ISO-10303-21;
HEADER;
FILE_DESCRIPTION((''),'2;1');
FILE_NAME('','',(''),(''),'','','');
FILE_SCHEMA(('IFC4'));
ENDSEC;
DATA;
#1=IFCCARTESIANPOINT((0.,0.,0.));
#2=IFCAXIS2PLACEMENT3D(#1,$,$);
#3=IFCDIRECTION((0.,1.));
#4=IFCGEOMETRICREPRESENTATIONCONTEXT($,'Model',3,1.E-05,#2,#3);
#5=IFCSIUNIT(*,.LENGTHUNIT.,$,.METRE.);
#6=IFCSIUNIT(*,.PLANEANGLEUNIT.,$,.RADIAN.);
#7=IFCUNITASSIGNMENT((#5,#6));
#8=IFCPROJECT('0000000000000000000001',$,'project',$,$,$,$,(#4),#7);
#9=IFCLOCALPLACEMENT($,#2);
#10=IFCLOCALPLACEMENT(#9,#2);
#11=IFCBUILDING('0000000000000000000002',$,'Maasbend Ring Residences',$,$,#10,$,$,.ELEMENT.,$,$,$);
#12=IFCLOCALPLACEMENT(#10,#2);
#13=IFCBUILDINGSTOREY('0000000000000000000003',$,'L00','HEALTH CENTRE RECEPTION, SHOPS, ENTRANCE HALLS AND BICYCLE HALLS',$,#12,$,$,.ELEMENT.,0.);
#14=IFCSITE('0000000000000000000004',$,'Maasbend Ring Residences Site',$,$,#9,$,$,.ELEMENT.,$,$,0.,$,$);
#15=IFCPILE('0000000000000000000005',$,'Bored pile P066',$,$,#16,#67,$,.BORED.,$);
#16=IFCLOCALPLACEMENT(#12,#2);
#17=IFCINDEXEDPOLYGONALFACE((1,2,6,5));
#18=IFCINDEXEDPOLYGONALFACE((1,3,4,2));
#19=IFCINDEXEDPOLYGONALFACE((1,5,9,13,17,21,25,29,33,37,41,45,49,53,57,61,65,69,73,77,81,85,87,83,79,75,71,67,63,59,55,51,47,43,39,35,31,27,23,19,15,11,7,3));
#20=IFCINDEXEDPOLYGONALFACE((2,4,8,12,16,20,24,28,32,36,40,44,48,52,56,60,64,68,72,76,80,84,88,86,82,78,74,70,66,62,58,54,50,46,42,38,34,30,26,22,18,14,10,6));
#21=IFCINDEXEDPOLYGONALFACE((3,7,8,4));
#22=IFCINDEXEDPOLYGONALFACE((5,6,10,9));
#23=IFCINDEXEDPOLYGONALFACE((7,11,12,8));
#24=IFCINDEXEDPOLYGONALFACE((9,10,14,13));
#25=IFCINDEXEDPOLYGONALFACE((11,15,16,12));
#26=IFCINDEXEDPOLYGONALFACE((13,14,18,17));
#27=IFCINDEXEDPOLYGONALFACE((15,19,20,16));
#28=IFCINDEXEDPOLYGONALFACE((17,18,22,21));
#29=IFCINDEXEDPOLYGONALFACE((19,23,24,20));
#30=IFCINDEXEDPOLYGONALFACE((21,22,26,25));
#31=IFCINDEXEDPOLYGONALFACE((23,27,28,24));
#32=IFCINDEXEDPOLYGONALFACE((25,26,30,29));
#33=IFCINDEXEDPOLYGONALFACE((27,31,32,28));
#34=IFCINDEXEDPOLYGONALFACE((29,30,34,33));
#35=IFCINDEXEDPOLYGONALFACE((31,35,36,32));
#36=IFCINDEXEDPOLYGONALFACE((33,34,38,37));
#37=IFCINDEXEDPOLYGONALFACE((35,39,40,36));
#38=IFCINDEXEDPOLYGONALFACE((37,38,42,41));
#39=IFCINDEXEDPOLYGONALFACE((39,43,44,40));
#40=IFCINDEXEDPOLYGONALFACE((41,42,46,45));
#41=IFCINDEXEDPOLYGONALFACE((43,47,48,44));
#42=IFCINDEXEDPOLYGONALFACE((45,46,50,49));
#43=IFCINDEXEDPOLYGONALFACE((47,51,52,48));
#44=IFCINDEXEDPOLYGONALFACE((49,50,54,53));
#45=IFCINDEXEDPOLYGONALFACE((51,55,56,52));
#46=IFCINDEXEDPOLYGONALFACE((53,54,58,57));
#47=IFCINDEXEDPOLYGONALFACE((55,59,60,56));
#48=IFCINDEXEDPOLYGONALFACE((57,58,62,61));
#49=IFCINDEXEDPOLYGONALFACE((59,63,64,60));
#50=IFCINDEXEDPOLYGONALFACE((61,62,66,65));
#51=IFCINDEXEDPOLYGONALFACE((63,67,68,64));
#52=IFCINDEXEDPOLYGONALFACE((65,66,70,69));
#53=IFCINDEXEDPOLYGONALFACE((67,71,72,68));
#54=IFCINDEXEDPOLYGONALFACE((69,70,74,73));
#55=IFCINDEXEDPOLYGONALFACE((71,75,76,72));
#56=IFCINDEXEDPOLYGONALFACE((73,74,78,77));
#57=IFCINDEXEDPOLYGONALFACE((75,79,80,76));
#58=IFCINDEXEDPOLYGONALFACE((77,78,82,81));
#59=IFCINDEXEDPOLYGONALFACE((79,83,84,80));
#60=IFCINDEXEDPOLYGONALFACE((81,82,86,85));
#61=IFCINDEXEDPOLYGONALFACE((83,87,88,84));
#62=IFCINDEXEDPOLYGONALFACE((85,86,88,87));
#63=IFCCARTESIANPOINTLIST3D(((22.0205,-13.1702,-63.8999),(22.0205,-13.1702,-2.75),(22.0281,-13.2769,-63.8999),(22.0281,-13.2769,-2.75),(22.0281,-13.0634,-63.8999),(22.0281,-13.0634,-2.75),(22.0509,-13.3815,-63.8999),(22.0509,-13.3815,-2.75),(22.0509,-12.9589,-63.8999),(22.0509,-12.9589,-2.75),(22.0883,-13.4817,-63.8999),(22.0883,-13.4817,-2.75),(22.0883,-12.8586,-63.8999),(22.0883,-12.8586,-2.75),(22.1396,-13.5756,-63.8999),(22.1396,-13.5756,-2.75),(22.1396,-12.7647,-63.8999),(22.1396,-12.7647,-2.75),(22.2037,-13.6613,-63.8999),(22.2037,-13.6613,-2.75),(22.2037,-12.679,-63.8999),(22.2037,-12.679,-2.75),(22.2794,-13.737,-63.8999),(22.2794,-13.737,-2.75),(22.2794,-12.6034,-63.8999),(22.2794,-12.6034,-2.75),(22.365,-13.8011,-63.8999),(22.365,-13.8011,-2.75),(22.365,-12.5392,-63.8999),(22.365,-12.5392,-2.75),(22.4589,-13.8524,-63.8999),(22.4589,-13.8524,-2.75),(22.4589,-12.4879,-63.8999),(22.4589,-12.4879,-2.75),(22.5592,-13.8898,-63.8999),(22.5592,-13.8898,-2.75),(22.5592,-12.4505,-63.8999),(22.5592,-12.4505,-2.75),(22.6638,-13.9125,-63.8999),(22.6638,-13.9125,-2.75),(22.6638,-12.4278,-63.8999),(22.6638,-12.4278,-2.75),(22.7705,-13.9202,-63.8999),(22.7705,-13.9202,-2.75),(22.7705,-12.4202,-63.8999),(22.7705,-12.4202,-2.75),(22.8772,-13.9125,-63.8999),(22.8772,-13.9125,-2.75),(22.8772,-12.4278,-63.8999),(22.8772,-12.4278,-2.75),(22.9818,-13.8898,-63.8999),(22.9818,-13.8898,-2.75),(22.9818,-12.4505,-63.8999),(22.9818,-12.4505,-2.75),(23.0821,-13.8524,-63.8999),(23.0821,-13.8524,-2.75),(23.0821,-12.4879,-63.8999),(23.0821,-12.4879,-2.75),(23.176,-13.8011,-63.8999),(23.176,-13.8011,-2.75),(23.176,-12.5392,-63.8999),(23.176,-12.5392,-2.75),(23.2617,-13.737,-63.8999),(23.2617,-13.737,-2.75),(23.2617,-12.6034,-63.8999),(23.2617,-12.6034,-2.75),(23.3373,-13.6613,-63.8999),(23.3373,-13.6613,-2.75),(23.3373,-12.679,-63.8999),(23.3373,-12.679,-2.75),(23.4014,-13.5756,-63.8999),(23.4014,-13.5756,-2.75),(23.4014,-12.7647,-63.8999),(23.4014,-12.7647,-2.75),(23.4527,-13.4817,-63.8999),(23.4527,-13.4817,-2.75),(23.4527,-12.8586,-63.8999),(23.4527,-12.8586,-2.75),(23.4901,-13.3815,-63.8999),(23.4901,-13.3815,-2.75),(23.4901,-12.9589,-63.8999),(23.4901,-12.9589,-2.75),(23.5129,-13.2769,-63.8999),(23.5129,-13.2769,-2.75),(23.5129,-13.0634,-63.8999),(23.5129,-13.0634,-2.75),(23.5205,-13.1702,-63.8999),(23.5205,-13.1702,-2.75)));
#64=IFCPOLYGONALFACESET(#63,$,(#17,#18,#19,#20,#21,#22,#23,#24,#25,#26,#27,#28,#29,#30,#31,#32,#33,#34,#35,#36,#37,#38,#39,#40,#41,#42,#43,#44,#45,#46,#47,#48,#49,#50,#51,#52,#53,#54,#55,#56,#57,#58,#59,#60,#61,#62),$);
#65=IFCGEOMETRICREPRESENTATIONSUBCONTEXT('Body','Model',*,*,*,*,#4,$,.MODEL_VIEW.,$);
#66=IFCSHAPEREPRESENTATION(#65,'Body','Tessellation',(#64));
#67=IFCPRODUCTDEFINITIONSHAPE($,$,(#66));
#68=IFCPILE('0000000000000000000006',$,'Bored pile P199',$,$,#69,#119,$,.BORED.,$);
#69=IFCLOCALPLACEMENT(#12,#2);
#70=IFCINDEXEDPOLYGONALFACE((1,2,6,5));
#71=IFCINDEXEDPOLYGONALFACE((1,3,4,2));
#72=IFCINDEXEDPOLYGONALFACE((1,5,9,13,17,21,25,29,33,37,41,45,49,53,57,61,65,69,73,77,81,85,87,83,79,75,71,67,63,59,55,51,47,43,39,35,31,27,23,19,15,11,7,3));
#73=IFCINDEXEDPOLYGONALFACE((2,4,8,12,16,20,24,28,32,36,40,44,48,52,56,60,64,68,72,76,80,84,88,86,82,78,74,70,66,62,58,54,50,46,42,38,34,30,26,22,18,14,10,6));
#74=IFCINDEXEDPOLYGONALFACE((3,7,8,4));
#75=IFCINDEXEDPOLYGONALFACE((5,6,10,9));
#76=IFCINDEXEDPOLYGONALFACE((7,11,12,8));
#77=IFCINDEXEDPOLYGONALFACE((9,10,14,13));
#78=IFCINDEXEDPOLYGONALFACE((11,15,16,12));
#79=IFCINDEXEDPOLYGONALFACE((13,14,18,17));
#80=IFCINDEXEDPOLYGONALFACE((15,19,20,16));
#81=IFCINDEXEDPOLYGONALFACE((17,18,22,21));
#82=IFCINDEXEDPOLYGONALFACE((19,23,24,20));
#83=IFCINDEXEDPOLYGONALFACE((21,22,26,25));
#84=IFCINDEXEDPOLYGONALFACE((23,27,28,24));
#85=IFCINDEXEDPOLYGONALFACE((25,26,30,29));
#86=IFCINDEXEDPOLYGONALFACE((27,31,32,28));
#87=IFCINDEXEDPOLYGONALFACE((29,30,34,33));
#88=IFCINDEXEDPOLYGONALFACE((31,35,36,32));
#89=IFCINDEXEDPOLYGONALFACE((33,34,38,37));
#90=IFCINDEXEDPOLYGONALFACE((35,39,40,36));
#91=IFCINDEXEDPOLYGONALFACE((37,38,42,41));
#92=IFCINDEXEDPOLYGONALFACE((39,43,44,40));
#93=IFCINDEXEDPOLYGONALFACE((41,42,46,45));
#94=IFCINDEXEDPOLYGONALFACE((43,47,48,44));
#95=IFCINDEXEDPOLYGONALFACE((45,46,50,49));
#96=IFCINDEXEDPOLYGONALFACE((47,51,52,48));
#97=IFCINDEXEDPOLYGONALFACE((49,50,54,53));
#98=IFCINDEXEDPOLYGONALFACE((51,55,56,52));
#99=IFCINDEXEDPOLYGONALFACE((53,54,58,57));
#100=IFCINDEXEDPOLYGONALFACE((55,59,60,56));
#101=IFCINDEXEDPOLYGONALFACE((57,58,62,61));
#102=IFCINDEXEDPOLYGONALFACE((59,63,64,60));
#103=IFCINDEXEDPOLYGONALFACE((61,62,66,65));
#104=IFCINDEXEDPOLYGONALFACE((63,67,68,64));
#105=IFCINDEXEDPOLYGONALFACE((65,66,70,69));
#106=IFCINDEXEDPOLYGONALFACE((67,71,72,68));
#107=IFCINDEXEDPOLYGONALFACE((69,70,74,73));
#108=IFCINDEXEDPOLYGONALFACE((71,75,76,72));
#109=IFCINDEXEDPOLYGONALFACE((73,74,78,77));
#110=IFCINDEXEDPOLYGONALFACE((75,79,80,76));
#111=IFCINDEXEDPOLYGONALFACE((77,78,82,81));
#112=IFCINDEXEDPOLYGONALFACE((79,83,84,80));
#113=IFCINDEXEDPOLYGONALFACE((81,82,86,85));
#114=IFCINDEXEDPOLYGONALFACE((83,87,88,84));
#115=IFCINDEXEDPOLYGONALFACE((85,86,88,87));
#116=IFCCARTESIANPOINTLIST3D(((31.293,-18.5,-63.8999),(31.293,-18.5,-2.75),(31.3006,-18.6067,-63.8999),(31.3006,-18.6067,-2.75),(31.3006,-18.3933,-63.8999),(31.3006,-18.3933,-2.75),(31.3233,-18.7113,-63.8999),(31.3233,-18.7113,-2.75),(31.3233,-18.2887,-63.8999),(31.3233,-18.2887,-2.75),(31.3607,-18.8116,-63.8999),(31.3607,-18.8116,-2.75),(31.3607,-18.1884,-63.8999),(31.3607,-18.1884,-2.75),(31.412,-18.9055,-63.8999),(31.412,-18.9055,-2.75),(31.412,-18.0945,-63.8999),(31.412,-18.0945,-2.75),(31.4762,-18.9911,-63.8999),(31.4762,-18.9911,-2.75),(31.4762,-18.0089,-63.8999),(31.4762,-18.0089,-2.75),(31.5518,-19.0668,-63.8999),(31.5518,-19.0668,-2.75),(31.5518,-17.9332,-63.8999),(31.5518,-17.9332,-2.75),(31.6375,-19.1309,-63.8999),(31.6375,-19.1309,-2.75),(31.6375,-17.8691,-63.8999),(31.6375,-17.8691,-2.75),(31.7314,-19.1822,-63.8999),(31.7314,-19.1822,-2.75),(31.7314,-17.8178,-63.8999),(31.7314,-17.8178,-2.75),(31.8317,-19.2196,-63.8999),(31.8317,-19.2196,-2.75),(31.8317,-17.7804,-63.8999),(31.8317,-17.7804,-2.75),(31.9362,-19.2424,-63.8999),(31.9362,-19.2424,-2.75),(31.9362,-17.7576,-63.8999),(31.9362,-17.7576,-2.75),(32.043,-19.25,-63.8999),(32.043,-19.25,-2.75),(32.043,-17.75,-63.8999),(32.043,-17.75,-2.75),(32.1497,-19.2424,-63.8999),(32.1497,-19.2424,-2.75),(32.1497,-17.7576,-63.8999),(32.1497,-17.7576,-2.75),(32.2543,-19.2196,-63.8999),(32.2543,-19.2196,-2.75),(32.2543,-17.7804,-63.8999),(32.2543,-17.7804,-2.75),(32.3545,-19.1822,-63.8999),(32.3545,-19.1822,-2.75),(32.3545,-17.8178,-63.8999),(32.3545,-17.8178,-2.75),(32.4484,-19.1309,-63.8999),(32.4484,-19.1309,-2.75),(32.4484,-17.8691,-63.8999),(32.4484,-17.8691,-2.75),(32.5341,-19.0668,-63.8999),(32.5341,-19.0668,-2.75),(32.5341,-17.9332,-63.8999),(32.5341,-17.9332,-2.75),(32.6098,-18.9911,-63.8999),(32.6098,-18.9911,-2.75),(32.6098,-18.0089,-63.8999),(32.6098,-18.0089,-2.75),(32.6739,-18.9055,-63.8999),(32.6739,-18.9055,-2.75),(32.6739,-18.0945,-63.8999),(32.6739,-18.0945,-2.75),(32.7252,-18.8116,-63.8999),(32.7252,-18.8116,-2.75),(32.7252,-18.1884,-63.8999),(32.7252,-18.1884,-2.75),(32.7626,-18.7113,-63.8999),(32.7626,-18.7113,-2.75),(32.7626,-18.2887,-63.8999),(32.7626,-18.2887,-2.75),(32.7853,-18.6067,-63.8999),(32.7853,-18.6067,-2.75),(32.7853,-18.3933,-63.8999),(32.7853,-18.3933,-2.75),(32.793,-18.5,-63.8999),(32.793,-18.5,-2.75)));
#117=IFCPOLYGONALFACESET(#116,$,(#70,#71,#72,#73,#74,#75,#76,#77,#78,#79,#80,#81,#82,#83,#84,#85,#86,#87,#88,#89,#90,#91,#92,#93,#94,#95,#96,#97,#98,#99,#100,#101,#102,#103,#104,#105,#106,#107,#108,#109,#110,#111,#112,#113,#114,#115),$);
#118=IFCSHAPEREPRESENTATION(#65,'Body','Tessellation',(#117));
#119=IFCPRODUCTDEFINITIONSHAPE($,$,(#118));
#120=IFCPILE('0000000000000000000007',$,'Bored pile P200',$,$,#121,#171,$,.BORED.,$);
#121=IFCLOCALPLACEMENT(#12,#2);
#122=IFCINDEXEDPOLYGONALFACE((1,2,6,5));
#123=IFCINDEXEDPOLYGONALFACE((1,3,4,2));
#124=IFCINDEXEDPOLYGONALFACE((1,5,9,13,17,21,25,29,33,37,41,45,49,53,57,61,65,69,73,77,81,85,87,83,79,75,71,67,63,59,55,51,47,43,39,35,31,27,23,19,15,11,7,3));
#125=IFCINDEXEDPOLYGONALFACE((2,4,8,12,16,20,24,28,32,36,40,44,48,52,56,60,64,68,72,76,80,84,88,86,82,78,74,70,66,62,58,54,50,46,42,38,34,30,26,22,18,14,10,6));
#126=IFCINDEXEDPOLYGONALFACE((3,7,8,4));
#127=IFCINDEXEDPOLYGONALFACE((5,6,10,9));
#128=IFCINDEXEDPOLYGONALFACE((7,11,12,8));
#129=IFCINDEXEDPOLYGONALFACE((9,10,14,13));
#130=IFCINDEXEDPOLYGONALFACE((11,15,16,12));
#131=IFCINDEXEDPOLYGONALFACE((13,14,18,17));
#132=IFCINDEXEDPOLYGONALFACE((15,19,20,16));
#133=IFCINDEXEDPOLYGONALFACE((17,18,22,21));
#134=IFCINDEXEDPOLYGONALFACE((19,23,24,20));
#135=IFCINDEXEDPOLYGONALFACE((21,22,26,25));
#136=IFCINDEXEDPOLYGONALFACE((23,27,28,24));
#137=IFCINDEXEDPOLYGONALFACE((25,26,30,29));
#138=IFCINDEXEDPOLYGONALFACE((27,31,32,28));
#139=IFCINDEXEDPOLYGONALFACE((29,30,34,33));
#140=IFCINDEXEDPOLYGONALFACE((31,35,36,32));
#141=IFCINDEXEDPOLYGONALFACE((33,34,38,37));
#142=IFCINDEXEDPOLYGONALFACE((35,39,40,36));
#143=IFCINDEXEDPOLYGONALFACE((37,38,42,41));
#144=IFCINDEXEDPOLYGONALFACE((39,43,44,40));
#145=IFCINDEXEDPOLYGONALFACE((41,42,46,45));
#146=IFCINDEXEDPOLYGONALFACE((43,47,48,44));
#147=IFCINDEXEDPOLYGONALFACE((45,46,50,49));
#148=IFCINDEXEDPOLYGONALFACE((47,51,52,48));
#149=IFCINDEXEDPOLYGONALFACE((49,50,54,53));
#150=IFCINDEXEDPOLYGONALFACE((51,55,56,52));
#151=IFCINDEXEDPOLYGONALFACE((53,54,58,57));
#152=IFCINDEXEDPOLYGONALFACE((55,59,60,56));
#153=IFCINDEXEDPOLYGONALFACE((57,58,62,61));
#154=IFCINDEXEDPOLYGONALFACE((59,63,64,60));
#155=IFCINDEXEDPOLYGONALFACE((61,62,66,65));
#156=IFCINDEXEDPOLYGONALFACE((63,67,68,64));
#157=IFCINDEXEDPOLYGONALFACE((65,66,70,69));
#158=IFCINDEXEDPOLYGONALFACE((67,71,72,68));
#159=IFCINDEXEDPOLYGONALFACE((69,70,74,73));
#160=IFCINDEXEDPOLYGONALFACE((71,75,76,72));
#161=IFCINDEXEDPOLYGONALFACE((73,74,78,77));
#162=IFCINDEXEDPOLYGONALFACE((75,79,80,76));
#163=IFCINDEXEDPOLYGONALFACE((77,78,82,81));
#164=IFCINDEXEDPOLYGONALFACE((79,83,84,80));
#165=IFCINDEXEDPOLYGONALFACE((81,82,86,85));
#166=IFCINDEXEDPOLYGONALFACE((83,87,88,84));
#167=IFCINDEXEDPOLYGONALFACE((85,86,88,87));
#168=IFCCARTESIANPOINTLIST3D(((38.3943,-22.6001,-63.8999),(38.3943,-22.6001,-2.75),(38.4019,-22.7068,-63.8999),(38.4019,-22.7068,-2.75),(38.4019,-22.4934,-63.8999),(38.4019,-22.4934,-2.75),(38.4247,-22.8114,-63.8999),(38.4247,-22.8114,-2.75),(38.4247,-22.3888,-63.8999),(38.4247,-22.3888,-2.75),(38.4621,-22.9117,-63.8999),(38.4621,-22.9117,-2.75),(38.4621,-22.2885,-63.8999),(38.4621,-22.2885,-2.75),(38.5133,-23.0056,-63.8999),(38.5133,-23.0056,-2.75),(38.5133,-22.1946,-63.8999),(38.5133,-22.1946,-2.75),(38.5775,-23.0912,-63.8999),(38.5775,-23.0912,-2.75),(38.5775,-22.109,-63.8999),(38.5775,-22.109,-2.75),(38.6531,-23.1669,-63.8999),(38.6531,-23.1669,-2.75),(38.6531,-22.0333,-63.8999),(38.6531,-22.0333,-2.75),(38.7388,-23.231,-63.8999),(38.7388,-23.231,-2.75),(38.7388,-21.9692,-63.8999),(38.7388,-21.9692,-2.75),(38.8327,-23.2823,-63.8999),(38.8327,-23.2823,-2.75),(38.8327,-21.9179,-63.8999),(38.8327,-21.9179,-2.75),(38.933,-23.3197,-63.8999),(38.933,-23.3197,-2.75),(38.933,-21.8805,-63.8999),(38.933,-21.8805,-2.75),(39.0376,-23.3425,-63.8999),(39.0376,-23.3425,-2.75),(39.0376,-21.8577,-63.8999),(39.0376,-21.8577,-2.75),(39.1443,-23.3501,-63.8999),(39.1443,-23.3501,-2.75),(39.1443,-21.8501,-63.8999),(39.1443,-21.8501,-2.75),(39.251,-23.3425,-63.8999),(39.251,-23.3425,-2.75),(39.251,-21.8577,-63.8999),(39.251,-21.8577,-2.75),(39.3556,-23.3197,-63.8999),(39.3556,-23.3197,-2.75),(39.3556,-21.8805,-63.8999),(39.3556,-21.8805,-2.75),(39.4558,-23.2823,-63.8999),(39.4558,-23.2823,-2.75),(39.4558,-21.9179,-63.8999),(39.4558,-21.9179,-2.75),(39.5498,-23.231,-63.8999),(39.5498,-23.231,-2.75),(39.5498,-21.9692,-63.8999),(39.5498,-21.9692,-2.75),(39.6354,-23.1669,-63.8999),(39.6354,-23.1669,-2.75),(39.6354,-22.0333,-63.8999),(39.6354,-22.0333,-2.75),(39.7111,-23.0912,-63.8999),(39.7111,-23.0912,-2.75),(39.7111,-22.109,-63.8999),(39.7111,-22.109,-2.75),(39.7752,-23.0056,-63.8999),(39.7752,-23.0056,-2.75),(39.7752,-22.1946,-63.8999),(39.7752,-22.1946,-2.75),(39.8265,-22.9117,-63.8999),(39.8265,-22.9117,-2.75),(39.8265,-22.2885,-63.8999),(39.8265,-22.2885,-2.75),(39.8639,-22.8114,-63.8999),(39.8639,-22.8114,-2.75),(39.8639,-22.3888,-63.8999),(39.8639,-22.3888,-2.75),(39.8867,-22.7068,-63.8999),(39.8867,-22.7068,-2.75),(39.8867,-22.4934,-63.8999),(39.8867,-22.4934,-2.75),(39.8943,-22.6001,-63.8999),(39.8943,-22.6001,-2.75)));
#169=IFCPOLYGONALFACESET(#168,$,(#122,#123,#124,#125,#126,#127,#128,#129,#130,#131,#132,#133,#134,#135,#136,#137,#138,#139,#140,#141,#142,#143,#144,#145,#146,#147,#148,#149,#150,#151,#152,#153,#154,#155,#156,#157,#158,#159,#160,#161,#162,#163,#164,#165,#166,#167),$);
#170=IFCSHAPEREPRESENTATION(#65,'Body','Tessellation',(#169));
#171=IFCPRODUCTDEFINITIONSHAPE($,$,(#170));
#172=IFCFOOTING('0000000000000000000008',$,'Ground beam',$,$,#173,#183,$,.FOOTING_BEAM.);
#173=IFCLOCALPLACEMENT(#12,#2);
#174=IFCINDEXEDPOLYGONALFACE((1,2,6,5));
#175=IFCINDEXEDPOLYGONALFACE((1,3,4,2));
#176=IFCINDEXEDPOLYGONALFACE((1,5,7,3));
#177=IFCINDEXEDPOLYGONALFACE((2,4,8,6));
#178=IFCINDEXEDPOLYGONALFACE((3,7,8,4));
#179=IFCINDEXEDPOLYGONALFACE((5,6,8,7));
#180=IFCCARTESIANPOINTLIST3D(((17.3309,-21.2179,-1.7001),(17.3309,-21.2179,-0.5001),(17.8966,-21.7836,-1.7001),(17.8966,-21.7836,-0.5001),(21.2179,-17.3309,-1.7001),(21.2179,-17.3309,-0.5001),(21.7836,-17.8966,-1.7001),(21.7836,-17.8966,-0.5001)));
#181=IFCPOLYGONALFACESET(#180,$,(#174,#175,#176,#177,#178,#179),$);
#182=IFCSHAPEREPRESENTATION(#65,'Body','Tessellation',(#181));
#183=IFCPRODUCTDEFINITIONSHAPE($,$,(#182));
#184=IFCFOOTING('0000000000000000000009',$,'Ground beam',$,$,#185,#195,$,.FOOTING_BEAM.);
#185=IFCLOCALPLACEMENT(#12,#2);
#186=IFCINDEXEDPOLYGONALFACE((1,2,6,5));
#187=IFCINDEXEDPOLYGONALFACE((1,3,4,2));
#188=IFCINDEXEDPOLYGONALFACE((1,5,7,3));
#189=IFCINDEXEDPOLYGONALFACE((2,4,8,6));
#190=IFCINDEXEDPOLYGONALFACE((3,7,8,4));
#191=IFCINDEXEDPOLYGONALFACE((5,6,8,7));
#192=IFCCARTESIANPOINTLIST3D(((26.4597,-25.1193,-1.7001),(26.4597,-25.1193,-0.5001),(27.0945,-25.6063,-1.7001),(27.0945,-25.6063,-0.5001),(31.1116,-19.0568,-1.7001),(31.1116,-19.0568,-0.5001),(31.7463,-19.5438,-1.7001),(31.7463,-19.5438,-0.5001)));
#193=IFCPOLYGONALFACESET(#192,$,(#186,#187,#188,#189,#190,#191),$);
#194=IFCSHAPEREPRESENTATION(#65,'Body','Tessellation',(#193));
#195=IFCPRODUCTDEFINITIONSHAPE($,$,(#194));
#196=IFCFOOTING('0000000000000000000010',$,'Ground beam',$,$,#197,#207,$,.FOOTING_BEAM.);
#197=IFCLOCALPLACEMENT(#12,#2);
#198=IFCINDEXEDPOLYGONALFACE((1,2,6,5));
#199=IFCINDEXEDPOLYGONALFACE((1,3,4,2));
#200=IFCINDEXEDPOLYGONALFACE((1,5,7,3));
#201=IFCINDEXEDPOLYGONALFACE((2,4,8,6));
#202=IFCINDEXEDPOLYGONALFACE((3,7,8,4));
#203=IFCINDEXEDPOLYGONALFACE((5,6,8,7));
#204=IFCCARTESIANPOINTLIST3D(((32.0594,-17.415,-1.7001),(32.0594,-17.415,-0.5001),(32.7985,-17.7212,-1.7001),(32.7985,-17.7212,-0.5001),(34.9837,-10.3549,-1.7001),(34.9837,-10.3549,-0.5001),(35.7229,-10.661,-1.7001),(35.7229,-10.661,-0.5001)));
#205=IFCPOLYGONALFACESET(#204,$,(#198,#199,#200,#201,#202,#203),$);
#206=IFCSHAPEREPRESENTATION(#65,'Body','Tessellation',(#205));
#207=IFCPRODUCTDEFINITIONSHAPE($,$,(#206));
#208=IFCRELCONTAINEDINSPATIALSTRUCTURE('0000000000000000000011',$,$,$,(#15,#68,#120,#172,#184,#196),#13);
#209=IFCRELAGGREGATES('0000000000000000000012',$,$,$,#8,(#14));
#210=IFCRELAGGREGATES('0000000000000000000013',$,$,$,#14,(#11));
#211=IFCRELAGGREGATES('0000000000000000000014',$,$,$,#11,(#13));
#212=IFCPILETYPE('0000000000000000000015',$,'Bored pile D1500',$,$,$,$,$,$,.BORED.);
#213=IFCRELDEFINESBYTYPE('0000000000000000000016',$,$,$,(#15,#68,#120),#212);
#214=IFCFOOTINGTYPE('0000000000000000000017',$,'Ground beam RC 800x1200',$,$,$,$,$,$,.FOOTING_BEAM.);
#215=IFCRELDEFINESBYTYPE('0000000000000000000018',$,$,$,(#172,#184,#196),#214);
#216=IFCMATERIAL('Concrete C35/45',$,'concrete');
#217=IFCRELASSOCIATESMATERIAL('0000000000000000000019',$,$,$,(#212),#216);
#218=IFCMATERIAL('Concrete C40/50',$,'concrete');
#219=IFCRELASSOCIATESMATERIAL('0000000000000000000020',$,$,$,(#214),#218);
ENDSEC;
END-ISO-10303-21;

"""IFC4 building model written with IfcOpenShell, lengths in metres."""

from ifc_helpers import new_model, si_unit, direction, frame, origin, origin_2d, place, context, subcontext, project, spatial, rectangle, circle, extrude, material, material_profile, profile_set, type_object, element, save


model = new_model("IFC4")

# Units and contexts
model_context = context("Model", 3, precision=1e-05, world=origin(), true_north=direction((0.0, 1.0)))
body_context = subcontext(model_context, "Body", "Model", "MODEL_VIEW")
ifc_project = project(units=[si_unit("LENGTHUNIT", "METRE"), si_unit("PLANEANGLEUNIT", "RADIAN")], contexts=[model_context])

# Site, building, storey
site_placement = place(None, origin())
site = spatial("IfcSite", under=ifc_project, at=site_placement, Name="Maasbend Ring Residences Site", CompositionType="ELEMENT", RefElevation=0.0)
building_placement = place(site_placement, origin())
building = spatial("IfcBuilding", under=site, at=building_placement, Name="Maasbend Ring Residences", CompositionType="ELEMENT")
storey_placement = place(building_placement, origin())
storey = spatial("IfcBuildingStorey", under=building, at=storey_placement, Name="L00", Description="HEALTH CENTRE RECEPTION, SHOPS, ENTRANCE HALLS AND BICYCLE HALLS", CompositionType="ELEMENT", Elevation=0.0)

# Piles
ifc_material_1 = material(Name="Concrete C35/45", Category="concrete")
ifc_material_profile_1 = material_profile(ifc_material_1, circle(Radius=0.75, at=origin_2d()), Name="Bored pile D1500")
ifc_profile_set_1 = profile_set([ifc_material_profile_1], Name="Concrete C35/45")
pile_type = type_object("IfcPileType", Name="Bored pile D1500", PredefinedType="BORED", material=ifc_profile_set_1)
for number, where, z_axis, x_axis, name in (
    (1, (22.7705, -13.1702, -2.75), (0.0, 0.0, -1.0), (1.0, 0.0, 0.0), "Bored pile P066"),
    (2, (32.043, -18.5, -2.75), (0.0, 0.0, -1.0), (1.0, 0.0, 0.0), "Bored pile P199"),
    (3, (39.1443, -22.6001, -2.75), (0.0, 0.0, -1.0), (1.0, 0.0, 0.0), "Bored pile P200"),
):
    element("IfcPile", number, at=place(storey_placement, frame(where, z_axis=z_axis, x_axis=x_axis)), inside=storey, type_object=pile_type, Name=name, PredefinedType="BORED", context=body_context, shape_type="SweptSolid", body=[
        extrude(circle(Radius=0.75, at=origin_2d()), origin(), (0.0, 0.0, 1.0), 61.1499),
    ])

# Footings
ifc_material_2 = material(Name="Concrete C40/50", Category="concrete")
ifc_material_profile_2 = material_profile(ifc_material_2, rectangle(XDim=0.8, YDim=1.2, at=origin_2d()), Name="Ground beam RC 800x1200")
ifc_profile_set_2 = profile_set([ifc_material_profile_2], Name="Concrete C40/50")
footing_type = type_object("IfcFootingType", Name="Ground beam RC 800x1200", PredefinedType="FOOTING_BEAM", material=ifc_profile_set_2)
footing_1_placement = place(storey_placement, frame((17.6138, -21.5007, -1.1001), z_axis=(0.707107, 0.707107, 0.0), x_axis=(-0.707107, 0.707107, 0.0)))
element("IfcFooting", 4, at=footing_1_placement, inside=storey, type_object=footing_type, Name="Ground beam", PredefinedType="FOOTING_BEAM", context=body_context, shape_type="SweptSolid", body=[
    extrude(rectangle(XDim=0.8, YDim=1.2, at=origin_2d()), origin(), (0.0, 0.0, 1.0), 5.4971),
])
footing_2_placement = place(storey_placement, frame((26.7771, -25.3628, -1.1001), z_axis=(0.608756, 0.793357, 0.0), x_axis=(-0.793357, 0.608756, 0.0)))
element("IfcFooting", 5, at=footing_2_placement, inside=storey, type_object=footing_type, Name="Ground beam", PredefinedType="FOOTING_BEAM", context=body_context, shape_type="SweptSolid", body=[
    extrude(rectangle(XDim=0.8, YDim=1.2, at=origin_2d()), origin(), (0.0, 0.0, 1.0), 7.6416),
])
footing_3_placement = place(storey_placement, frame((32.429, -17.5681, -1.1001), z_axis=(0.382677, 0.923882, 0.0), x_axis=(-0.923882, 0.382677, 0.0)))
element("IfcFooting", 6, at=footing_3_placement, inside=storey, type_object=footing_type, Name="Ground beam", PredefinedType="FOOTING_BEAM", context=body_context, shape_type="SweptSolid", body=[
    extrude(rectangle(XDim=0.8, YDim=1.2, at=origin_2d()), origin(), (0.0, 0.0, 1.0), 7.6418),
])

save(model, "model.ifc")
